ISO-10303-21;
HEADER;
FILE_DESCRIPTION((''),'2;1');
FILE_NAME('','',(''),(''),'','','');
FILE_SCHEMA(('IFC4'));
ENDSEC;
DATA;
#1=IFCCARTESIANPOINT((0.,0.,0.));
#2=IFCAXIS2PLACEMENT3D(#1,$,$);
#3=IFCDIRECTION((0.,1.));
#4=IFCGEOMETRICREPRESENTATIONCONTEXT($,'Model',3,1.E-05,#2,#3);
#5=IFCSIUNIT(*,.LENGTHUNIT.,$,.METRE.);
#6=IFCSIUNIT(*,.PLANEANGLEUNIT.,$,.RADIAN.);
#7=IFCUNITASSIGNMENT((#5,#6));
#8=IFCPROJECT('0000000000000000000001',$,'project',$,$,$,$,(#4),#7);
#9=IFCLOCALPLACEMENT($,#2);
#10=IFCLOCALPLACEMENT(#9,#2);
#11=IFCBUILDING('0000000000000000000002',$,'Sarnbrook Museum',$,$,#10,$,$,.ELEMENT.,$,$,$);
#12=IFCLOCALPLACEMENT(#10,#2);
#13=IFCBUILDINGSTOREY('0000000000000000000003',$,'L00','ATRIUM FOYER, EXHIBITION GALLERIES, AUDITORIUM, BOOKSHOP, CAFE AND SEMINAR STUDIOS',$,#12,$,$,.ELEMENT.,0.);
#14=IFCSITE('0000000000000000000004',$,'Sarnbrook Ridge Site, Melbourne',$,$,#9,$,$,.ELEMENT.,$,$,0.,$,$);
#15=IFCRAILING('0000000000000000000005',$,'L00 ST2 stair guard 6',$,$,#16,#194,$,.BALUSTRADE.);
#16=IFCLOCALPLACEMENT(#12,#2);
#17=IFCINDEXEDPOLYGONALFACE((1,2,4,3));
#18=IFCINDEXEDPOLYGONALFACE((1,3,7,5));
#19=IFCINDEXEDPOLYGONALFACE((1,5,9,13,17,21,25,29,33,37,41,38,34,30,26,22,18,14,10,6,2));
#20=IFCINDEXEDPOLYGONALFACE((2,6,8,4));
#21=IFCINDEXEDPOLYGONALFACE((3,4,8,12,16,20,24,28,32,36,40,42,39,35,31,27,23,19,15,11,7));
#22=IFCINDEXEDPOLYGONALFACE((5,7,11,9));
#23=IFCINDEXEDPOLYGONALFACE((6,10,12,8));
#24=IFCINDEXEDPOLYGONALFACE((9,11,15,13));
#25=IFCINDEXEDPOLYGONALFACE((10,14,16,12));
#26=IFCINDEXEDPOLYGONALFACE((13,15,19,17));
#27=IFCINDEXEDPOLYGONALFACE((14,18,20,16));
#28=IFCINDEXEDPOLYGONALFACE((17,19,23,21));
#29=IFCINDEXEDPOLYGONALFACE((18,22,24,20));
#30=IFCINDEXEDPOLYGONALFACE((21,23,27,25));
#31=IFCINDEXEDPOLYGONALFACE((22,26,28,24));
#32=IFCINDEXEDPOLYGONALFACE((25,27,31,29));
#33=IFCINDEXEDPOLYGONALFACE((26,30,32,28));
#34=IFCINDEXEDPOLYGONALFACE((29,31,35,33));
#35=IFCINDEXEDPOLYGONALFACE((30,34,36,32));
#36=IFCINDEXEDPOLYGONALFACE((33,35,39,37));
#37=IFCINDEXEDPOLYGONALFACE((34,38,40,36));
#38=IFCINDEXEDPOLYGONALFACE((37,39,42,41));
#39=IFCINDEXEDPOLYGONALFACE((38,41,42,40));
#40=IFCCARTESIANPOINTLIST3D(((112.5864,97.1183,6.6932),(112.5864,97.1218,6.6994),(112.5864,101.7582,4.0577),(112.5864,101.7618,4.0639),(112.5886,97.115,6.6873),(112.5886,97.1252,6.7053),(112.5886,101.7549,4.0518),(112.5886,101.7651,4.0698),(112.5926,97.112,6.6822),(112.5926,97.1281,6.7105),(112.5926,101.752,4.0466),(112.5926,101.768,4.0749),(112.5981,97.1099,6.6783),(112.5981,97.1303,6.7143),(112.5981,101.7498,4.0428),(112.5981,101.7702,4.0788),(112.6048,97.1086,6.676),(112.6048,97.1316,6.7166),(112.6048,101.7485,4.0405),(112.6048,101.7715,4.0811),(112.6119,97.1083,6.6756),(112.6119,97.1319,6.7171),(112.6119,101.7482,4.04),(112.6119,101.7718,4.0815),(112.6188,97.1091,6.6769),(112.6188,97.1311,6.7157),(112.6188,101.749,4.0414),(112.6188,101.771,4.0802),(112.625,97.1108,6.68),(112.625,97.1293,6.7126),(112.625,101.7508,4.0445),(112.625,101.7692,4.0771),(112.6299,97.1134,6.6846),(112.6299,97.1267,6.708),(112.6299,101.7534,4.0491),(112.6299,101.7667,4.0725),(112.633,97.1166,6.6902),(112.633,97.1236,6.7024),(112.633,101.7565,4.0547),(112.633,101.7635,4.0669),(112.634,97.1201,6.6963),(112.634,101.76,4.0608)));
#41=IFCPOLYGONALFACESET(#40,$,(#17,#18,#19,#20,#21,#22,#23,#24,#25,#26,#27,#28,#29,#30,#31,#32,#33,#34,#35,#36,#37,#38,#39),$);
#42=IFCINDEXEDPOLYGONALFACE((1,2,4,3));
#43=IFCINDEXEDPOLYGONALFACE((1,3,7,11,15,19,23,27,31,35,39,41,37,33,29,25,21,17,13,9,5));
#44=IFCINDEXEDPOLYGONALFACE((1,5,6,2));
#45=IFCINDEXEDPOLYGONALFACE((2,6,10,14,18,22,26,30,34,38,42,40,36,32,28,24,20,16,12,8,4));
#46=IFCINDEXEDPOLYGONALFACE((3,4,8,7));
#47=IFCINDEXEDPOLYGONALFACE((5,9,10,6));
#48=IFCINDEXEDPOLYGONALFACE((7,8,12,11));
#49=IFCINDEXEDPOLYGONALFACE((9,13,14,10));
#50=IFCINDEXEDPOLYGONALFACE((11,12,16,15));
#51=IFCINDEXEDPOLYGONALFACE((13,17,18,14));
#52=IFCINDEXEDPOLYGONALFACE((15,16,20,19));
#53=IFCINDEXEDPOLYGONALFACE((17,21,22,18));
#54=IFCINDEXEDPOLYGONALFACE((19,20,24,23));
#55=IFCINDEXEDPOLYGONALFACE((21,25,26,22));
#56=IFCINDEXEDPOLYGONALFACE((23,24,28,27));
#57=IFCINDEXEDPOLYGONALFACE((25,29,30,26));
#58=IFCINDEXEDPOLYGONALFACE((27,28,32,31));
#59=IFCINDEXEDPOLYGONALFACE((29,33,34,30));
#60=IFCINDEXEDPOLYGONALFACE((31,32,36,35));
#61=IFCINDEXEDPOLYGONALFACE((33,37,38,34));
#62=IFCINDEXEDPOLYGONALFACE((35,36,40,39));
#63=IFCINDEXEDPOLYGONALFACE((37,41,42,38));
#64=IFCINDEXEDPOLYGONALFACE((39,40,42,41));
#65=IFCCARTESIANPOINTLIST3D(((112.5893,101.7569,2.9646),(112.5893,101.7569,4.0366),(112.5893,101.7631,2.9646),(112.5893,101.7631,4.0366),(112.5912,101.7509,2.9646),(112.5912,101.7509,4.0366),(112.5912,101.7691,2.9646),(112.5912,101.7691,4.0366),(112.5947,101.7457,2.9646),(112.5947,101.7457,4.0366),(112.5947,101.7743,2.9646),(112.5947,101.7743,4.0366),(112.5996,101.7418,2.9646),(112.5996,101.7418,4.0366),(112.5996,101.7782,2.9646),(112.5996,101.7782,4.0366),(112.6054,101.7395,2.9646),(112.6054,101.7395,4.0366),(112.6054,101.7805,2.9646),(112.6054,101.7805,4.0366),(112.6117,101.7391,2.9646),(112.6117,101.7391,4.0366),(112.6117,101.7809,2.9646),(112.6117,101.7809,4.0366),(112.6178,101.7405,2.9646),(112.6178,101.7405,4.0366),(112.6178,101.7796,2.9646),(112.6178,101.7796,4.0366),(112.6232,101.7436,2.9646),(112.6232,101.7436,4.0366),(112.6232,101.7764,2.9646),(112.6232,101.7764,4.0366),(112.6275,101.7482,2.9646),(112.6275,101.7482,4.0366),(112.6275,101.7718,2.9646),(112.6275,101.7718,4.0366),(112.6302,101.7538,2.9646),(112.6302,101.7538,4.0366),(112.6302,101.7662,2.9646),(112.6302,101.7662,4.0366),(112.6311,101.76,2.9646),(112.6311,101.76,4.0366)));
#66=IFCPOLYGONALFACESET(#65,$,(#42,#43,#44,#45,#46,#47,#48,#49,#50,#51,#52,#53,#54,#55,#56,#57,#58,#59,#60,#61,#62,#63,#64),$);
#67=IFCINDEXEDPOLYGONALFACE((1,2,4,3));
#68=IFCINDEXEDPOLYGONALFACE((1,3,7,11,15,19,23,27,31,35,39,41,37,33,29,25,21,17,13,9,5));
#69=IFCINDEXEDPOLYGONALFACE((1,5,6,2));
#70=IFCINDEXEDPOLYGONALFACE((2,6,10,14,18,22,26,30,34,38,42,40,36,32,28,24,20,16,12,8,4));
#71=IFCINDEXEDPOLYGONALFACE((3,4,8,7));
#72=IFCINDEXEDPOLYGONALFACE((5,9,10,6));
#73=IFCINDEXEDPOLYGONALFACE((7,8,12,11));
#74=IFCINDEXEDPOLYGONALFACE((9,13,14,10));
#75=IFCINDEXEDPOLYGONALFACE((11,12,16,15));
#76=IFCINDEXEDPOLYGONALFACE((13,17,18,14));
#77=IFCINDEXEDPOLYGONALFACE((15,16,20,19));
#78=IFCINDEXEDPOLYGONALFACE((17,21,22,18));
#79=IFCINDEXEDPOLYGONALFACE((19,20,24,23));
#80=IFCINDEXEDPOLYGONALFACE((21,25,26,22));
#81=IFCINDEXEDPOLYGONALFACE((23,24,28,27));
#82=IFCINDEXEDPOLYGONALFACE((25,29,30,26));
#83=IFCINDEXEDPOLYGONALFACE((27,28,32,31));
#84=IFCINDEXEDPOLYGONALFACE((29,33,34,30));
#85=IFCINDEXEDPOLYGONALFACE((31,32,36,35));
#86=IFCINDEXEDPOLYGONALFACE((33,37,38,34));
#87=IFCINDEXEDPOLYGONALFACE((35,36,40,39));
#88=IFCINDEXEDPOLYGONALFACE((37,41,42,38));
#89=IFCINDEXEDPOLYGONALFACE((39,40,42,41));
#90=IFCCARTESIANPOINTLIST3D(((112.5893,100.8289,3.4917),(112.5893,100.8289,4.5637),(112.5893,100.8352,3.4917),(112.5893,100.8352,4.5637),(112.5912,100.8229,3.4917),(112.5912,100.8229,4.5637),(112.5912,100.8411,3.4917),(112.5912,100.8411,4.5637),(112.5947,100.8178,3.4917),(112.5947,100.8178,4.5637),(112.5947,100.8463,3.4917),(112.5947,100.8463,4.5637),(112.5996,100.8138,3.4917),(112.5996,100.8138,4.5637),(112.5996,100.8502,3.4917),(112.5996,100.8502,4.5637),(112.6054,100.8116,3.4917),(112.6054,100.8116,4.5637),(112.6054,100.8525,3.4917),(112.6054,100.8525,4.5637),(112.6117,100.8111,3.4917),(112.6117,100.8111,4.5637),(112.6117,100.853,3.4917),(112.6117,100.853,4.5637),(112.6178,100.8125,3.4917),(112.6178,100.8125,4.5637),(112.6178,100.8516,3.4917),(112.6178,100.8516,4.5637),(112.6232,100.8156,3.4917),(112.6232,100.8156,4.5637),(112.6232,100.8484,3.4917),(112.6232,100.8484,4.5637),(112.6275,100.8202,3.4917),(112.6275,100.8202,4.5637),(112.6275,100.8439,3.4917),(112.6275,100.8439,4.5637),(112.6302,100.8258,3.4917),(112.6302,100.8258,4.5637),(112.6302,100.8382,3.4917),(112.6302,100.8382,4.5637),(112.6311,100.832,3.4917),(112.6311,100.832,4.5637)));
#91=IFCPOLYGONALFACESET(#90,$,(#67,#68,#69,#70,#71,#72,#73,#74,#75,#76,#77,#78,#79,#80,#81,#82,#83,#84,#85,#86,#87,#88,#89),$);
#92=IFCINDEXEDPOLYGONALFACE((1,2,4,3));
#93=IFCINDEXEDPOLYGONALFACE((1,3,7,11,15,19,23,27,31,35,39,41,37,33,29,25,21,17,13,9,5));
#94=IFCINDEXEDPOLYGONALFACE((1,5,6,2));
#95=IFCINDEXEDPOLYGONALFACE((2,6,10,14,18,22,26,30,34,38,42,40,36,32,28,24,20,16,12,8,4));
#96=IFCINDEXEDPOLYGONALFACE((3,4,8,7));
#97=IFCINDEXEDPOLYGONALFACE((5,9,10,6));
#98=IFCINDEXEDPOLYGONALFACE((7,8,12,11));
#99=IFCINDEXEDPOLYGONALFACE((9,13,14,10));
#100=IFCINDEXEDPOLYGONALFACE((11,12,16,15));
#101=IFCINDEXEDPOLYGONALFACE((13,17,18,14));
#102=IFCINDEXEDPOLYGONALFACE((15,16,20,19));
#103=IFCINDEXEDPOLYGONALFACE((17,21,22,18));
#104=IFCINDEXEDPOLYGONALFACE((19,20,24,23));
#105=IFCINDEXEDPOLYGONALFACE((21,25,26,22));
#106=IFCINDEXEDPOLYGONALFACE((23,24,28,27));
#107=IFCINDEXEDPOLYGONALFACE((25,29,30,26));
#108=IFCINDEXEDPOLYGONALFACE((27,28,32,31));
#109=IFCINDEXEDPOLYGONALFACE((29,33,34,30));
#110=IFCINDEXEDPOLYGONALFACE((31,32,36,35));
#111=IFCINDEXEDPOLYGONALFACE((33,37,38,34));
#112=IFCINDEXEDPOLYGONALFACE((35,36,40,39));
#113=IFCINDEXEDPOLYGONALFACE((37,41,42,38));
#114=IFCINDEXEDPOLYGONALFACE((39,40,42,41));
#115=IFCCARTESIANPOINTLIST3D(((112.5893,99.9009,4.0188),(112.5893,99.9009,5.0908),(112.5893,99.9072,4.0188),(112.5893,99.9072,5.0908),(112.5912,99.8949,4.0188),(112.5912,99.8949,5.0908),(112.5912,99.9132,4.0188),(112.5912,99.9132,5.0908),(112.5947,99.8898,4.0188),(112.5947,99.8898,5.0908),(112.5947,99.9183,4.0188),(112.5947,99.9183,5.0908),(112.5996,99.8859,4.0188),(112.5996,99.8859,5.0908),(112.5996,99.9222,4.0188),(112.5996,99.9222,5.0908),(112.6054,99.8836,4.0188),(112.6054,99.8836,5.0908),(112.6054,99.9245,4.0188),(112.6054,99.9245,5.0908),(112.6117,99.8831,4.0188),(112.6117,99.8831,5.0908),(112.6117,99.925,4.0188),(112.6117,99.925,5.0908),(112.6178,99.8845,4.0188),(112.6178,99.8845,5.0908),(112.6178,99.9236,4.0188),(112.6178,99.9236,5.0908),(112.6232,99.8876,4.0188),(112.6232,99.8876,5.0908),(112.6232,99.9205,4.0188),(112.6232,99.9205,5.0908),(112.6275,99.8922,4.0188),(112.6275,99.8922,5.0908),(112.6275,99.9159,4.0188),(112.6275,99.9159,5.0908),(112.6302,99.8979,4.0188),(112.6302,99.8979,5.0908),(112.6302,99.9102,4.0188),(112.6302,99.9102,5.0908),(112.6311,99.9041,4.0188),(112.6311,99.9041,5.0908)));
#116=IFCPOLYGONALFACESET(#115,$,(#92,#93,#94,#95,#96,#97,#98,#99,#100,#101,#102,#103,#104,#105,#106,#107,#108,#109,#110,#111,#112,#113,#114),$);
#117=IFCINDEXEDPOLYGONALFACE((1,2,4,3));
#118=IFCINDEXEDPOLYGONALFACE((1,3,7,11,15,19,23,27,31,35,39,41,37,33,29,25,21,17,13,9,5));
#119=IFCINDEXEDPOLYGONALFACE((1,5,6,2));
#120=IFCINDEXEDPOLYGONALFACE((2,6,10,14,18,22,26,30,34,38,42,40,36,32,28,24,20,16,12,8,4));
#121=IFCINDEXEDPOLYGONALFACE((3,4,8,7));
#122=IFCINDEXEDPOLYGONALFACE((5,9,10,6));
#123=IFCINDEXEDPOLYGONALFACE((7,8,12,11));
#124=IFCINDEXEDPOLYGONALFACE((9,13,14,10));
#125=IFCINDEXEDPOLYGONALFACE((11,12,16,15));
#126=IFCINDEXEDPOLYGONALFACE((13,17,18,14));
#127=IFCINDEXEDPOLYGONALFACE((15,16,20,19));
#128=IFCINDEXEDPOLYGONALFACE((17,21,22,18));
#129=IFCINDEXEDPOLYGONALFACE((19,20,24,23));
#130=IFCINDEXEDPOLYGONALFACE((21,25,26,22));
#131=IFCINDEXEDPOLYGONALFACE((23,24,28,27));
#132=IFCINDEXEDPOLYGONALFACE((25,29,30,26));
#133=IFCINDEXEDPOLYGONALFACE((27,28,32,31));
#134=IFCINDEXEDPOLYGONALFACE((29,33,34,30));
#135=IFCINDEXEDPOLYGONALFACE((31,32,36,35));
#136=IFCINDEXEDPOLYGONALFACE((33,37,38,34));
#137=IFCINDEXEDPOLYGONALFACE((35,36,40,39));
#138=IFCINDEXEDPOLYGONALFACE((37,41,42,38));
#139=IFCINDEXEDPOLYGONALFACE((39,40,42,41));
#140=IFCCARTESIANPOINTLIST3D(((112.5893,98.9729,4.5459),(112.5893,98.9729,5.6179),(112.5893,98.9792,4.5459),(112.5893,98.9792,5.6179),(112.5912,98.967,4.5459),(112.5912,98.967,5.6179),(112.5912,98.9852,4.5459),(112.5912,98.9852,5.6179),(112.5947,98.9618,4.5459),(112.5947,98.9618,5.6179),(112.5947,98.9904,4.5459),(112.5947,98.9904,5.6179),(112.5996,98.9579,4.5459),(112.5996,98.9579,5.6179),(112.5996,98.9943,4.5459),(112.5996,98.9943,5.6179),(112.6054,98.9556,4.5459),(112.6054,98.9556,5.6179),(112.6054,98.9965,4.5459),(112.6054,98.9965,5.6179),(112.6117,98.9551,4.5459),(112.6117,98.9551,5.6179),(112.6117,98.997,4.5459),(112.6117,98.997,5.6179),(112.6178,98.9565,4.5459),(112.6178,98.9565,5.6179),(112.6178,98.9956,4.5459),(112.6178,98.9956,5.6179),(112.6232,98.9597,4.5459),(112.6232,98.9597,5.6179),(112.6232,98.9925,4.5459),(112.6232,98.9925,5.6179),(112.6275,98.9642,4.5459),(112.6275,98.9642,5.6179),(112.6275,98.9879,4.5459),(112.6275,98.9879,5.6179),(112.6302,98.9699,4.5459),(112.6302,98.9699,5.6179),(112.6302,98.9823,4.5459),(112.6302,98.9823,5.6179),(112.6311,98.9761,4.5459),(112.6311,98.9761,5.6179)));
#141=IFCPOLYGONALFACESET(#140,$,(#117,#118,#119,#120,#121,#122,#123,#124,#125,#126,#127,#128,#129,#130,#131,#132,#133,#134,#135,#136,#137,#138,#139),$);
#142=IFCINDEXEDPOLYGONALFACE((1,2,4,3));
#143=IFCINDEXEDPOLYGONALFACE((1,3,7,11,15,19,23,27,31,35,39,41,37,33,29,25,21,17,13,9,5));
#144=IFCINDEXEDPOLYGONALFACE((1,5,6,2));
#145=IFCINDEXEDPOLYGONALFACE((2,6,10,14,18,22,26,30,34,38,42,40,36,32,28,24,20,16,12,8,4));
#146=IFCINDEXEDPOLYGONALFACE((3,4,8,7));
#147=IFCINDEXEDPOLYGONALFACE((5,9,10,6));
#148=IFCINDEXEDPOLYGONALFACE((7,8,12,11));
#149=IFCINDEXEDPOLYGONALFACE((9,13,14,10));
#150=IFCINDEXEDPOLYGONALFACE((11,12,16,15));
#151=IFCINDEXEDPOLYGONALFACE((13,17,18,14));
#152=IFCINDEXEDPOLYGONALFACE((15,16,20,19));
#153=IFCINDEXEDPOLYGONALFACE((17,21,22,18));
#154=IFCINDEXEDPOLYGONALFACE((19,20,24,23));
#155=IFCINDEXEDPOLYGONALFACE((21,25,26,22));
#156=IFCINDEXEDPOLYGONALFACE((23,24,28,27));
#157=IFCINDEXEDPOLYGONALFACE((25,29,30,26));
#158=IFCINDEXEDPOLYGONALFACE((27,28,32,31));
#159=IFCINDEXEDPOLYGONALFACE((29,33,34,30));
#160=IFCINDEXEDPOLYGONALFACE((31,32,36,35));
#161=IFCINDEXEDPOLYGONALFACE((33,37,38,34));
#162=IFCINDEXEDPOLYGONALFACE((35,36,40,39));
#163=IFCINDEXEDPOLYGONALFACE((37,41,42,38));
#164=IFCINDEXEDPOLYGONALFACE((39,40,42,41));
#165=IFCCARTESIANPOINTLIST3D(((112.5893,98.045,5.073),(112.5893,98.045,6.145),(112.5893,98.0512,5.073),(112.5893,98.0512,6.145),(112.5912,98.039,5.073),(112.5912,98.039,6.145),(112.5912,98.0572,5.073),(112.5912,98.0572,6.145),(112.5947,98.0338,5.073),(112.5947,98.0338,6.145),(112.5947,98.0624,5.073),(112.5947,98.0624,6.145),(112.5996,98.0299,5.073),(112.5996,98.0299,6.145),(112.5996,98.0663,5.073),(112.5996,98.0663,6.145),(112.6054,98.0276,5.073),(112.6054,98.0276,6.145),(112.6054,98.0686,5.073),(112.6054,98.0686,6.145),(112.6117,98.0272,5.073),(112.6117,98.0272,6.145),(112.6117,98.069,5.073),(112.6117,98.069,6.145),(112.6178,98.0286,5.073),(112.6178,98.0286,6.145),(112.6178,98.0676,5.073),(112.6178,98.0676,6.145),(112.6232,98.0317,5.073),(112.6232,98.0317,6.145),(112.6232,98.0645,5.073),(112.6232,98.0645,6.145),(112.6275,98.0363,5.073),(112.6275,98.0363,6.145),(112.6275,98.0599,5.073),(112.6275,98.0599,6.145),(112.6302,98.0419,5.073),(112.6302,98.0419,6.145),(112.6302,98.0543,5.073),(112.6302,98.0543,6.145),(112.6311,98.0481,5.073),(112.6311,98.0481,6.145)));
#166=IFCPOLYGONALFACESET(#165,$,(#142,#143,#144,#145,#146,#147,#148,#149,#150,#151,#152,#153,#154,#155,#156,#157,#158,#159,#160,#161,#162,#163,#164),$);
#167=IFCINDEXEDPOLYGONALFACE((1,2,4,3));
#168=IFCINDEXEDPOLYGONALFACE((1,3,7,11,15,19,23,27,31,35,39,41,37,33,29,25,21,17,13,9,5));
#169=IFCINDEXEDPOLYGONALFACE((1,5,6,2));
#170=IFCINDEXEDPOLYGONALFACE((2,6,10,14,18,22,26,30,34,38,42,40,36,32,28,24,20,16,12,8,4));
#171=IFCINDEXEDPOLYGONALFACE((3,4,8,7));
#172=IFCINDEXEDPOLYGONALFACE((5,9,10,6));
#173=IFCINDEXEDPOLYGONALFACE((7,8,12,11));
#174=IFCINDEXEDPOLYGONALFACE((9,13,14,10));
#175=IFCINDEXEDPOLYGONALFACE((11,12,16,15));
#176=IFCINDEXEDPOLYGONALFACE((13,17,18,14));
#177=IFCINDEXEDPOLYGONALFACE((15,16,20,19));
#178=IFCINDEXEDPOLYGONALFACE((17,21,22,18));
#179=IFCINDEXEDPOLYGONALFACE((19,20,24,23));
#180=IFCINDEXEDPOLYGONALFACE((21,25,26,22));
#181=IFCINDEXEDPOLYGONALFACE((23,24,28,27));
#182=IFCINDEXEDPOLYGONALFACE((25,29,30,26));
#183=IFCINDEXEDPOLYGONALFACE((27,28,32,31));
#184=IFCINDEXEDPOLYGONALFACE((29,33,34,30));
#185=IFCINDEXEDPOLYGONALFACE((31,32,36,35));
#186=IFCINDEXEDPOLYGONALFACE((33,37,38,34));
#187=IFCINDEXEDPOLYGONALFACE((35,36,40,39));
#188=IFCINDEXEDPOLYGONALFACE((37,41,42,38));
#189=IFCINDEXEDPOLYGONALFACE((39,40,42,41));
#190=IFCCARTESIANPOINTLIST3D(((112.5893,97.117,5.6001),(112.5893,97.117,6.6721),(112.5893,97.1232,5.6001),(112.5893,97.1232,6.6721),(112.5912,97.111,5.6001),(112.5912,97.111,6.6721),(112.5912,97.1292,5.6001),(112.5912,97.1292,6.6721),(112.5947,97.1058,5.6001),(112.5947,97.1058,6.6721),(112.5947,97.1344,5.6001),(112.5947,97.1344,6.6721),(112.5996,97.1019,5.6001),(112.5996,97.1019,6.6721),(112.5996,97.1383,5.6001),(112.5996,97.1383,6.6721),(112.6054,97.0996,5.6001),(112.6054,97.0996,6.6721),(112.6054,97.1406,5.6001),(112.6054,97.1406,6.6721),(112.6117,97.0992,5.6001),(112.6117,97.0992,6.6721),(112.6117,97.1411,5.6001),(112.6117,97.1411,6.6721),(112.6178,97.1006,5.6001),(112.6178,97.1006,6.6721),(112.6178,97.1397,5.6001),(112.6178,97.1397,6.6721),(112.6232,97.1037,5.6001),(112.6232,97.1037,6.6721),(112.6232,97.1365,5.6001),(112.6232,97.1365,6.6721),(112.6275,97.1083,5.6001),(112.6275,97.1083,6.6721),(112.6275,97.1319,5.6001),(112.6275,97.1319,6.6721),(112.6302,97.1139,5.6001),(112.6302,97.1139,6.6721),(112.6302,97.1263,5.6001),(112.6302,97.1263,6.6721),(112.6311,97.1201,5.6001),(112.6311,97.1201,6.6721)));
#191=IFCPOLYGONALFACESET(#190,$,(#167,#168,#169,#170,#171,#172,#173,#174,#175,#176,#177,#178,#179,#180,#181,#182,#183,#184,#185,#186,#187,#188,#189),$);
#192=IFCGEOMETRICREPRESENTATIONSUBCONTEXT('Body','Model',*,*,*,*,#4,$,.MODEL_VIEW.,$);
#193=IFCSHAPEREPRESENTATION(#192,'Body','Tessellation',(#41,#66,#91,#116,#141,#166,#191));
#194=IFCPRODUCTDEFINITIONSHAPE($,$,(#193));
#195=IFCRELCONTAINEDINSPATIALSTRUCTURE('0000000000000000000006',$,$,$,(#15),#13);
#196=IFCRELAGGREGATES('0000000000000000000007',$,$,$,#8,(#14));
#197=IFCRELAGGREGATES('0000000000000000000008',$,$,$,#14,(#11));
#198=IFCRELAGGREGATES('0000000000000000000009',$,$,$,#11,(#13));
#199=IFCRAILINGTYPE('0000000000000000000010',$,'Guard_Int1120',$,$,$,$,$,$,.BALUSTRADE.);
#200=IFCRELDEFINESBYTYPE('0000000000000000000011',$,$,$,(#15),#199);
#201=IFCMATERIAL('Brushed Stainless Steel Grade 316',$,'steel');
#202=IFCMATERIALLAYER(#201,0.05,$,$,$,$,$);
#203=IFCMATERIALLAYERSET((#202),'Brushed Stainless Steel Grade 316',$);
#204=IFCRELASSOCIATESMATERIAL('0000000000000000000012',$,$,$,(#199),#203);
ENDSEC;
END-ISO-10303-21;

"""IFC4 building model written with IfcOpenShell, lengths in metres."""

from ifc_helpers import new_model, si_unit, direction, frame, origin, origin_2d, place, context, subcontext, project, spatial, circle, extrude, material, layer, layer_set, type_object, element, save


model = new_model("IFC4")

# Units and contexts
model_context = context("Model", 3, precision=1e-05, world=origin(), true_north=direction((0.0, 1.0)))
body_context = subcontext(model_context, "Body", "Model", "MODEL_VIEW")
ifc_project = project(units=[si_unit("LENGTHUNIT", "METRE"), si_unit("PLANEANGLEUNIT", "RADIAN")], contexts=[model_context])

# Site, building, storey
site_placement = place(None, origin())
site = spatial("IfcSite", under=ifc_project, at=site_placement, Name="Sarnbrook Ridge Site, Melbourne", CompositionType="ELEMENT", RefElevation=0.0)
building_placement = place(site_placement, origin())
building = spatial("IfcBuilding", under=site, at=building_placement, Name="Sarnbrook Museum", CompositionType="ELEMENT")
storey_placement = place(building_placement, origin())
storey = spatial("IfcBuildingStorey", under=building, at=storey_placement, Name="L00", Description="ATRIUM FOYER, EXHIBITION GALLERIES, AUDITORIUM, BOOKSHOP, CAFE AND SEMINAR STUDIOS", CompositionType="ELEMENT", Elevation=0.0)

# Shared definitions
ifc_material_1 = material(Name="Brushed Stainless Steel Grade 316", Category="steel")

# Railing
ifc_layer_1 = layer(ifc_material_1, 0.05)
ifc_layer_set_1 = layer_set([ifc_layer_1], Name="Brushed Stainless Steel Grade 316")
railing_type_1 = type_object("IfcRailingType", Name="Guard_Int1120", PredefinedType="BALUSTRADE", material=ifc_layer_set_1)
railing_1_placement = place(storey_placement, frame((112.6101, 101.76, 2.9646)))
element("IfcRailing", 1, at=railing_1_placement, inside=storey, type_object=railing_type_1, Name="L00 ST2 stair guard 6", PredefinedType="BALUSTRADE", context=body_context, shape_type="SweptSolid", body=[
    extrude(circle(Radius=0.0239, at=origin_2d()), frame((0.0, 0.0, 1.0962), z_axis=(0.0, -0.869521, 0.493895), x_axis=(1.0, 0.0, 0.0)), (0.0, 0.0, 1.0), 5.3362),
    extrude(circle(Radius=0.021, at=origin_2d()), origin(), (0.0, 0.0, 1.0), 1.072),
    extrude(circle(Radius=0.021, at=origin_2d()), frame((0.0, -0.928, 0.5271)), (0.0, 0.0, 1.0), 1.072),
    extrude(circle(Radius=0.021, at=origin_2d()), frame((0.0, -1.856, 1.0542)), (0.0, 0.0, 1.0), 1.072),
    extrude(circle(Radius=0.021, at=origin_2d()), frame((0.0, -2.7839, 1.5813)), (0.0, 0.0, 1.0), 1.072),
    extrude(circle(Radius=0.021, at=origin_2d()), frame((0.0, -3.7119, 2.1084)), (0.0, 0.0, 1.0), 1.072),
    extrude(circle(Radius=0.021, at=origin_2d()), frame((0.0, -4.6399, 2.6355)), (0.0, 0.0, 1.0), 1.072),
])

save(model, "model.ifc")
